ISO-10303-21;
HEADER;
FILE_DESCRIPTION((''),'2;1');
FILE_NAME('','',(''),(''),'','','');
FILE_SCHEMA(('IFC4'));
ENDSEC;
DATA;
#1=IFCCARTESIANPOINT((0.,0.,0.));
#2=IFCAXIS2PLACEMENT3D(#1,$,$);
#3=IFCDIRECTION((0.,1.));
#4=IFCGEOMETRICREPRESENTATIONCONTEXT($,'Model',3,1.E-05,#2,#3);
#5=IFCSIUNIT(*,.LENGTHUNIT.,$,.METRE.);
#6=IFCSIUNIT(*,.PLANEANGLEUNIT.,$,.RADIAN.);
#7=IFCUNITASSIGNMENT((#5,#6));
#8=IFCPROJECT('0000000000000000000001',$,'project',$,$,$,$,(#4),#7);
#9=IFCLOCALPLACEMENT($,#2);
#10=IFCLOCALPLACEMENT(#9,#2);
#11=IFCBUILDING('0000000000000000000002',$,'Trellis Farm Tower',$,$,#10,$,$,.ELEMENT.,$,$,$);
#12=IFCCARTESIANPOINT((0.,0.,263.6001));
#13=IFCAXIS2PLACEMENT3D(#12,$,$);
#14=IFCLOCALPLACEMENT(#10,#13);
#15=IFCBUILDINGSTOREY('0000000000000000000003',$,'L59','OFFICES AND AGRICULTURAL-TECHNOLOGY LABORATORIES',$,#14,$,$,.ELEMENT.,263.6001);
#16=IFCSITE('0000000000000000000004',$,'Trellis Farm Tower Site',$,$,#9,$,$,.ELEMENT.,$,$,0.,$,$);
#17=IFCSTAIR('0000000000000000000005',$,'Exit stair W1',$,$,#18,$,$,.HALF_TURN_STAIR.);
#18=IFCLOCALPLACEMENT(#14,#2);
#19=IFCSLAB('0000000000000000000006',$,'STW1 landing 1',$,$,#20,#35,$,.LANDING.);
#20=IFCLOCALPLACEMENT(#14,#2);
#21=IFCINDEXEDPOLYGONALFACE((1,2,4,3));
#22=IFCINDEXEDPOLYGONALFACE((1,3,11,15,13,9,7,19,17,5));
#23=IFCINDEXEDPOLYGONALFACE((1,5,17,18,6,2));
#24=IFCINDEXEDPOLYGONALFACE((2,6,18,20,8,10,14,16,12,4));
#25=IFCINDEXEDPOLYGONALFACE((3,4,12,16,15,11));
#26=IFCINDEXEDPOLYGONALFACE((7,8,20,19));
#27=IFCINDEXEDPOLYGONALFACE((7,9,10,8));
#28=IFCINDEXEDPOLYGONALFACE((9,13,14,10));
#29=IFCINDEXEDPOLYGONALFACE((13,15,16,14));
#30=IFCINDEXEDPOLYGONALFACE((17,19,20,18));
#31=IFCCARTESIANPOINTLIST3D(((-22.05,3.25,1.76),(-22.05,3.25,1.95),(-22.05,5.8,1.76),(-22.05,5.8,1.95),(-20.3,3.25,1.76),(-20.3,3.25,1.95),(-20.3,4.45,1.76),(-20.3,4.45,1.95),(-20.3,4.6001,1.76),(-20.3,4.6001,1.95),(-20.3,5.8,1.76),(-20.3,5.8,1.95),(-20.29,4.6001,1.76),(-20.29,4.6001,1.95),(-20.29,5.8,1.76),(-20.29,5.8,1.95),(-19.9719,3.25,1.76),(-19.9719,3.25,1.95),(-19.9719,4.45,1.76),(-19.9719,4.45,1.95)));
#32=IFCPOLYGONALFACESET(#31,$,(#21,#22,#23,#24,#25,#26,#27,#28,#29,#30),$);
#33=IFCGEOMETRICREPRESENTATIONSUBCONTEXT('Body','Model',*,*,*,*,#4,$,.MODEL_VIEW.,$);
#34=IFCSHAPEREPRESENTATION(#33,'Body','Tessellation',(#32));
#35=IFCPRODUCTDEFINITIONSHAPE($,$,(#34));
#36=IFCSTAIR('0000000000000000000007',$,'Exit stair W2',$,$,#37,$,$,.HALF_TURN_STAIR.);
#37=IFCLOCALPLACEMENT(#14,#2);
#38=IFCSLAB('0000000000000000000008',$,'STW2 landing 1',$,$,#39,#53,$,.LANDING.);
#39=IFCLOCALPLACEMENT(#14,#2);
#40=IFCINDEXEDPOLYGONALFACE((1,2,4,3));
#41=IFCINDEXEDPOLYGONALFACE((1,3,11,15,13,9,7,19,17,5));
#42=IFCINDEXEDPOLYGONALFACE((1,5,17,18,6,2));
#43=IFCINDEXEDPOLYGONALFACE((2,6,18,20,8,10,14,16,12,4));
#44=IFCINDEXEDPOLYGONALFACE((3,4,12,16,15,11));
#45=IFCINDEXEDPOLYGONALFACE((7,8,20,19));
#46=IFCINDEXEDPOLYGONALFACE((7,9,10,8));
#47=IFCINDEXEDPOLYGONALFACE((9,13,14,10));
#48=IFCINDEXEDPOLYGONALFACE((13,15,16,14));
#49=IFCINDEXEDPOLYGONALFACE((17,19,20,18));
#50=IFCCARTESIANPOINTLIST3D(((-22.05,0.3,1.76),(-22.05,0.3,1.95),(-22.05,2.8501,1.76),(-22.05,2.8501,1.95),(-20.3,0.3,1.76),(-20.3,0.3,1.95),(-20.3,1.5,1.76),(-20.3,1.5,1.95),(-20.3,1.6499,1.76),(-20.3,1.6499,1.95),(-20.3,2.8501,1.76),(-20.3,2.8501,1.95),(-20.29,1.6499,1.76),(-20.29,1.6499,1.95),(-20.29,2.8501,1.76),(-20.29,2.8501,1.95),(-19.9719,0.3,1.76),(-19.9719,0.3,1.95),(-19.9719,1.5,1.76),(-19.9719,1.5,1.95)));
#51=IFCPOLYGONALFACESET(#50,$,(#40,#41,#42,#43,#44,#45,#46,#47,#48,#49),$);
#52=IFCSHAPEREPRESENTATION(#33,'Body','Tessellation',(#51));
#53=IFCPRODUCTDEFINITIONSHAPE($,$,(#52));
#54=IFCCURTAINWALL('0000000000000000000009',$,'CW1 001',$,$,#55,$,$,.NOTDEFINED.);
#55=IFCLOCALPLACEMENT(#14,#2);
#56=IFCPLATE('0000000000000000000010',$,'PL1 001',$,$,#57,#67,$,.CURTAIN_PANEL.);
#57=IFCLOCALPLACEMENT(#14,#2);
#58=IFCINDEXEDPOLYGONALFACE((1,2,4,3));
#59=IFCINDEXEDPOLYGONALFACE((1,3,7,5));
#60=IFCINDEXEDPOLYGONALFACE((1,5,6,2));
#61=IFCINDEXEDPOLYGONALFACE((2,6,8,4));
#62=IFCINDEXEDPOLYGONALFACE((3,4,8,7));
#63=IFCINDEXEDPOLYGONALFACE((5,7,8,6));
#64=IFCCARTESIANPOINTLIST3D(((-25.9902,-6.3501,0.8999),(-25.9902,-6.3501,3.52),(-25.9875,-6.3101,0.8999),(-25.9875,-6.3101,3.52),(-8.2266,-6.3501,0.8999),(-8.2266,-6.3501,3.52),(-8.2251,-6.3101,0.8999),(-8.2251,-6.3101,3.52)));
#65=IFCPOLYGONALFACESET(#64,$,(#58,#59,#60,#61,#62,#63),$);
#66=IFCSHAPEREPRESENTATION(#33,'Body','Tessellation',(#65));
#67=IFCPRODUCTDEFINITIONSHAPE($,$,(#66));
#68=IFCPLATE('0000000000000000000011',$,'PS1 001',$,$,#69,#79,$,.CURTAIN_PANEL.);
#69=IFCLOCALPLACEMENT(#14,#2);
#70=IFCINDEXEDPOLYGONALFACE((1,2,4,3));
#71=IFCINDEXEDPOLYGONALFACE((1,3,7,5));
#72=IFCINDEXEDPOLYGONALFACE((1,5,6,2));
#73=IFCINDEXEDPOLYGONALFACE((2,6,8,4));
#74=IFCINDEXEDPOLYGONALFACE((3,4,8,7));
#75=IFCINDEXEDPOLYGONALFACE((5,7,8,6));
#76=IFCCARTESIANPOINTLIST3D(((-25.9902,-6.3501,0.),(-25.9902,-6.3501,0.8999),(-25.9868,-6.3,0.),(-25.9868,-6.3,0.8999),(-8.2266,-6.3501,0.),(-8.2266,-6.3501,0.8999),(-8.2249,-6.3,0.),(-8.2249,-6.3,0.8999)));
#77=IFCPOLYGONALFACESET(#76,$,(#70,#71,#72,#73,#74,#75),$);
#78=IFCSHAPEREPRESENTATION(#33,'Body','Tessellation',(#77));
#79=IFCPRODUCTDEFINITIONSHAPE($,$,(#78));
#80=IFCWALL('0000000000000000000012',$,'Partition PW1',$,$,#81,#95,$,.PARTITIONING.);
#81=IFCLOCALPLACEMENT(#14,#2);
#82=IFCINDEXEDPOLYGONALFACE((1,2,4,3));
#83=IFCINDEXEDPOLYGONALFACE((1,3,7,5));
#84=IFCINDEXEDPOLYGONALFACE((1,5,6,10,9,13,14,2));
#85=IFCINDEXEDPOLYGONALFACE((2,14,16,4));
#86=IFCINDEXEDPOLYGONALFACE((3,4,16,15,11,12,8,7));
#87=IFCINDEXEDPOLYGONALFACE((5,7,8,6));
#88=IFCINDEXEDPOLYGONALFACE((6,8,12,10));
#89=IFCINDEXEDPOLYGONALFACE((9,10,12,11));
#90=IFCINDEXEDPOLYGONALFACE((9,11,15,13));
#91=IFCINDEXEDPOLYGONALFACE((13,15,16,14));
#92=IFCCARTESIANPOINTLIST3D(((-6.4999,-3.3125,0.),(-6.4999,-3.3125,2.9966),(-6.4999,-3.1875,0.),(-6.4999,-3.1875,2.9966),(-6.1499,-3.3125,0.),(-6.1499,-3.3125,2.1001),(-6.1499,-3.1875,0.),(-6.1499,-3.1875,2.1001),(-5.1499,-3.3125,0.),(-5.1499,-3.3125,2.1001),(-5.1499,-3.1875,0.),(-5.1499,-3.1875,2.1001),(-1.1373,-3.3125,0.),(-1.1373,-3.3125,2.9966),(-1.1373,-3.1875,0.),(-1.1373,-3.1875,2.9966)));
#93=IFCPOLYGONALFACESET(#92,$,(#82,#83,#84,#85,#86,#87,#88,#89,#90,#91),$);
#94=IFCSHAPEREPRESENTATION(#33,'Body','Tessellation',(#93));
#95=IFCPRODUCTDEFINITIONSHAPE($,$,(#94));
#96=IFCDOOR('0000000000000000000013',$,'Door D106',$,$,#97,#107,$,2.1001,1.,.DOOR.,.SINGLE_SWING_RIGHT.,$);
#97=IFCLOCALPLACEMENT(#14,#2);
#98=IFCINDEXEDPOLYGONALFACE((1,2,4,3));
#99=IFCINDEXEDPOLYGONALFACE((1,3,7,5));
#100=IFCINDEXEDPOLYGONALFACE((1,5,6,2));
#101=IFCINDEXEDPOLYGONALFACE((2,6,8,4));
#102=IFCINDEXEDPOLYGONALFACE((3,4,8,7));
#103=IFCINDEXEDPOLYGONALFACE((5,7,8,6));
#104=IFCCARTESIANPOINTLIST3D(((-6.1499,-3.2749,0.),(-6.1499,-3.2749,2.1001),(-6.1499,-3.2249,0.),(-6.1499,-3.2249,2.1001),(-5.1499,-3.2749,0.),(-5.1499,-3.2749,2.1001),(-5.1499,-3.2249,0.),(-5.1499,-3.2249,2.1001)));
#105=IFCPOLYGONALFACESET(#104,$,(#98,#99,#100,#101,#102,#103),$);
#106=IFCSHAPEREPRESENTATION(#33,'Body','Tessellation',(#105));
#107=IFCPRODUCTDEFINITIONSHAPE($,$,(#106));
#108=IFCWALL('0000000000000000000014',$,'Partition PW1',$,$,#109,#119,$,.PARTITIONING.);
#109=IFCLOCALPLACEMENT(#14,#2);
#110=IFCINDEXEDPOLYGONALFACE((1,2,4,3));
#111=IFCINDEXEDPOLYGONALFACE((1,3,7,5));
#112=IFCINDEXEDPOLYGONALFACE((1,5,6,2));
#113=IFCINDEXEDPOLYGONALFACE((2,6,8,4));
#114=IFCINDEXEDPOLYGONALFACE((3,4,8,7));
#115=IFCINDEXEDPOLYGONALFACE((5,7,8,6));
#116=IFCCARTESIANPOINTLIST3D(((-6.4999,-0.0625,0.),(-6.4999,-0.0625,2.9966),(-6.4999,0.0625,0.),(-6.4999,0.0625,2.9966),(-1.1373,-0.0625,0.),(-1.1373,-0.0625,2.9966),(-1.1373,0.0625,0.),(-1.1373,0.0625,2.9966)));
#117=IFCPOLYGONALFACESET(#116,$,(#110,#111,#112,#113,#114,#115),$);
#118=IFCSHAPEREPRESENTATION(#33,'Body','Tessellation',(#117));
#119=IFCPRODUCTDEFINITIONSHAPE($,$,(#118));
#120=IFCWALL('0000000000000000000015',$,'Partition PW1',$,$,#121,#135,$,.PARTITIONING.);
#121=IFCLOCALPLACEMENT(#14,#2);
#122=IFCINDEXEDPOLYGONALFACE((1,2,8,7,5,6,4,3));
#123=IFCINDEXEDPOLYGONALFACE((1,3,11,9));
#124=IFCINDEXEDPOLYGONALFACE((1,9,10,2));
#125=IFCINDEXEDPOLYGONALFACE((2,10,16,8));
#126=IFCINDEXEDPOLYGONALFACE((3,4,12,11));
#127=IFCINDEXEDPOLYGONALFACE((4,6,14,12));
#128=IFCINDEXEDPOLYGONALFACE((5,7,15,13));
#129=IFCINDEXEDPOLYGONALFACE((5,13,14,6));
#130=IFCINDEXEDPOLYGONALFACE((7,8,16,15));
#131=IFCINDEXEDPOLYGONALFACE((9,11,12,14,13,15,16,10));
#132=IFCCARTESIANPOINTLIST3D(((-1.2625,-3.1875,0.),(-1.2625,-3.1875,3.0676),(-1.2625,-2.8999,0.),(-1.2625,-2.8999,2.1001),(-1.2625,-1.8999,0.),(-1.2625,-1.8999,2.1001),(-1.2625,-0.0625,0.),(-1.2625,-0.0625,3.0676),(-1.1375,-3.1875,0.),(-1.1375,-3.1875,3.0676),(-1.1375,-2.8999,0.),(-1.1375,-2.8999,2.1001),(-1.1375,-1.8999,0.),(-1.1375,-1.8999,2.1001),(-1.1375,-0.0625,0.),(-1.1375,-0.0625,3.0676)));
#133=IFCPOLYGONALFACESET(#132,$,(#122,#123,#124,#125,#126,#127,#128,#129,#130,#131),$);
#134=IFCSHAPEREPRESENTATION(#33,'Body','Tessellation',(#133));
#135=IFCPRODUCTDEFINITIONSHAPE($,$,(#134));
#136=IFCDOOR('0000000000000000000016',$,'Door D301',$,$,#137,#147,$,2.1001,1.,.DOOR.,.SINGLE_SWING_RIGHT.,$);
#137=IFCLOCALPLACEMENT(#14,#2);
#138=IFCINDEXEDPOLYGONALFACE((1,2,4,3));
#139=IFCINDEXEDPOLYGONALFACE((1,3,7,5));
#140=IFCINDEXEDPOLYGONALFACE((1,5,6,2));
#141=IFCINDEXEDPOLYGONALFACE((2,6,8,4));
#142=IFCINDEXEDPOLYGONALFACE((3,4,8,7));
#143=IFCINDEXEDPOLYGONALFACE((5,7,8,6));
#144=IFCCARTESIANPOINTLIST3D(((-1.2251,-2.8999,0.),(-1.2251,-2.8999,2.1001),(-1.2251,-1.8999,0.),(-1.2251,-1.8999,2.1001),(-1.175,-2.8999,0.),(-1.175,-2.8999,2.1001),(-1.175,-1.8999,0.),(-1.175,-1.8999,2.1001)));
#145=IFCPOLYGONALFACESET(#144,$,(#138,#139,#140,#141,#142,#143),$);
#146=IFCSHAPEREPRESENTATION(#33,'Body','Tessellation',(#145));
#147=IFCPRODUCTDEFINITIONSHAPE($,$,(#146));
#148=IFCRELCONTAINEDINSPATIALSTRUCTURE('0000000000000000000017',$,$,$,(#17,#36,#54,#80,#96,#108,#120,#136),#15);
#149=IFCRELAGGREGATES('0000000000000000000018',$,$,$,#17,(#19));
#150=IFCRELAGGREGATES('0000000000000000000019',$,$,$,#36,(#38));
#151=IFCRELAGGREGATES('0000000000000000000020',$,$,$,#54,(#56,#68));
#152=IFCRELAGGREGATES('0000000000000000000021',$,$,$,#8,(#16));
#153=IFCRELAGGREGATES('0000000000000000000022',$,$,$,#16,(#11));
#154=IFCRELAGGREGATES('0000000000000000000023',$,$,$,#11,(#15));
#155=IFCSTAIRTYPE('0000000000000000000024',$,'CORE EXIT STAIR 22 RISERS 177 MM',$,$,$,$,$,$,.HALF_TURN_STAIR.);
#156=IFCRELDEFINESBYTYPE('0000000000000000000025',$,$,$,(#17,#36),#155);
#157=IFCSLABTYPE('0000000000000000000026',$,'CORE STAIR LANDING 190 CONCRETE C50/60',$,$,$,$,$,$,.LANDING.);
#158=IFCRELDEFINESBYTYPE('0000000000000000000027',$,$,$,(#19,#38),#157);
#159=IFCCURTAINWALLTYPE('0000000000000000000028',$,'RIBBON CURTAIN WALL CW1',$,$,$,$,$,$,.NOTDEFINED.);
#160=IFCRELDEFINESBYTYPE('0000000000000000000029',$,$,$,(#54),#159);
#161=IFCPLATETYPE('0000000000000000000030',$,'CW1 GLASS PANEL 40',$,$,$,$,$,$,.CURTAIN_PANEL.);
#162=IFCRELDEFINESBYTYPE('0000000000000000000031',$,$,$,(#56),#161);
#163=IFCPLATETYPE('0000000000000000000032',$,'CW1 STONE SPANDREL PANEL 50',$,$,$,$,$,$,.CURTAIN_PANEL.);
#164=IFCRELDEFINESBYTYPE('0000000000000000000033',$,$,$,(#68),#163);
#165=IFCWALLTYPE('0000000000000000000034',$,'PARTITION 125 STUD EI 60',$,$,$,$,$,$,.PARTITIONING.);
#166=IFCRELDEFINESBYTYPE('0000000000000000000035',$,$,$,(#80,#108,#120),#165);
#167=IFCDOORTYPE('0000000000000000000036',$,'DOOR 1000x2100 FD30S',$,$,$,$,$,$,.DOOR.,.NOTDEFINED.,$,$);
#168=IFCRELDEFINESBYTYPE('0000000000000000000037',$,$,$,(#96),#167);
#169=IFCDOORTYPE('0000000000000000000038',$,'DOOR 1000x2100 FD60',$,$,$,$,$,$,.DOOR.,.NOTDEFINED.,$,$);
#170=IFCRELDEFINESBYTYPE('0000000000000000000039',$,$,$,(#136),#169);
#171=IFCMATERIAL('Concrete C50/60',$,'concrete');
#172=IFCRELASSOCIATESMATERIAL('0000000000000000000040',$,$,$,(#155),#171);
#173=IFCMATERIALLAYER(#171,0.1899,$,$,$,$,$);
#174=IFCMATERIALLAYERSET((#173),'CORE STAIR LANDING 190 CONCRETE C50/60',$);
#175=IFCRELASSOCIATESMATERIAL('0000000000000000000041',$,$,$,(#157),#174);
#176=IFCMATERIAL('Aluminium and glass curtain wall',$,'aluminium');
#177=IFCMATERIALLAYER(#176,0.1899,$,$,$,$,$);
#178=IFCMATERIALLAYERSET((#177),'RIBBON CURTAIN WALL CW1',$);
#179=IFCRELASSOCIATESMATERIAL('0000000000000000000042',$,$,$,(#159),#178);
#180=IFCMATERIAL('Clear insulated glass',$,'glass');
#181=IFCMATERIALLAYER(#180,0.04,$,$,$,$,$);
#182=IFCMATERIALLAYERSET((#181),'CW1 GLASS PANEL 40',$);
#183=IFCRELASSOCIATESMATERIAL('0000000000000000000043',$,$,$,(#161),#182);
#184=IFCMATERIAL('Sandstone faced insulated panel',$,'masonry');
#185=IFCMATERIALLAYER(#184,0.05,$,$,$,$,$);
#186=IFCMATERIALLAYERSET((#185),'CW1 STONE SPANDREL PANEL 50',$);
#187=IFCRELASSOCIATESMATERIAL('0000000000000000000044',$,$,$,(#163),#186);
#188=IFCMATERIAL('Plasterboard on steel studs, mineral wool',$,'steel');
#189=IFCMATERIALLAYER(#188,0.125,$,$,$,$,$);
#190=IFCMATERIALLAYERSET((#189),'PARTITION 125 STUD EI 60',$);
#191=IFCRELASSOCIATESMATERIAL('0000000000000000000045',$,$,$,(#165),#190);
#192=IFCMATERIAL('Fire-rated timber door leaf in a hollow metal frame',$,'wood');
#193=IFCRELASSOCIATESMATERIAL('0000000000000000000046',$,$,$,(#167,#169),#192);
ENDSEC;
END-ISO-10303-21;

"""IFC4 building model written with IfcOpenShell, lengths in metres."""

from ifc_helpers import new_model, si_unit, direction, frame, frame_2d, origin, place, context, subcontext, project, spatial, polyline, rectangle, outline, extrude, source, transform, mapped, material, layer, layer_set, type_object, element, fill, aggregate, save


model = new_model("IFC4")

# Units and contexts
model_context = context("Model", 3, precision=1e-05, world=origin(), true_north=direction((0.0, 1.0)))
body_context = subcontext(model_context, "Body", "Model", "MODEL_VIEW")
ifc_project = project(units=[si_unit("LENGTHUNIT", "METRE"), si_unit("PLANEANGLEUNIT", "RADIAN")], contexts=[model_context])

# Site, building, storey
site_placement = place(None, origin())
site = spatial("IfcSite", under=ifc_project, at=site_placement, Name="Trellis Farm Tower Site", CompositionType="ELEMENT", RefElevation=0.0)
building_placement = place(site_placement, origin())
building = spatial("IfcBuilding", under=site, at=building_placement, Name="Trellis Farm Tower", CompositionType="ELEMENT")
storey_placement = place(building_placement, frame((0.0, 0.0, 263.6001)))
storey = spatial("IfcBuildingStorey", under=building, at=storey_placement, Name="L59", Description="OFFICES AND AGRICULTURAL-TECHNOLOGY LABORATORIES", CompositionType="ELEMENT", Elevation=263.6001)

# Stairs, slabs
ifc_material_1 = material(Name="Concrete C50/60", Category="concrete")
stair_type = type_object("IfcStairType", Name="CORE EXIT STAIR 22 RISERS 177 MM", PredefinedType="HALF_TURN_STAIR", material=ifc_material_1)
placement_1 = place(storey_placement, origin())
ifc_layer_1 = layer(ifc_material_1, 0.1899)
ifc_layer_set_1 = layer_set([ifc_layer_1], Name="CORE STAIR LANDING 190 CONCRETE C50/60")
slab_type_1 = type_object("IfcSlabType", Name="CORE STAIR LANDING 190 CONCRETE C50/60", PredefinedType="LANDING", material=ifc_layer_set_1)
placement_2 = place(storey_placement, frame((0.0, 0.0, 1.76)))
stair_1 = element("IfcStair", 1, at=placement_1, inside=storey, type_object=stair_type, Name="Exit stair W1", PredefinedType="HALF_TURN_STAIR")
shared_shape_1 = source(origin(), body_context, "Body", "SweptSolid", [
    extrude(outline(polyline([(-19.9719, 4.45), (-19.9719, 3.25), (-20.3, 3.25), (-22.05, 3.25), (-22.05, 5.8), (-20.3, 5.8), (-20.29, 5.8), (-20.29, 4.6001), (-20.3, 4.6001), (-20.3, 4.45), (-19.9719, 4.45)])), origin(), (0.0, 0.0, 1.0), 0.1899),
])
slab_1 = element("IfcSlab", 2, at=placement_2, type_object=slab_type_1, Name="STW1 landing 1", PredefinedType="LANDING", context=body_context, shape_type="MappedRepresentation", body=[
    mapped(shared_shape_1, transform((0.0, 0.0, 0.0))),
])
aggregate(stair_1, [slab_1])
stair_2 = element("IfcStair", 3, at=placement_1, inside=storey, type_object=stair_type, Name="Exit stair W2", PredefinedType="HALF_TURN_STAIR")
shared_shape_2 = source(origin(), body_context, "Body", "SweptSolid", [
    extrude(outline(polyline([(-19.9719, 1.5), (-19.9719, 0.3), (-20.3, 0.3), (-22.05, 0.3), (-22.05, 2.8501), (-20.3, 2.8501), (-20.29, 2.8501), (-20.29, 1.6499), (-20.3, 1.6499), (-20.3, 1.5), (-19.9719, 1.5)])), origin(), (0.0, 0.0, 1.0), 0.1899),
])
slab_2 = element("IfcSlab", 4, at=placement_2, type_object=slab_type_1, Name="STW2 landing 1", PredefinedType="LANDING", context=body_context, shape_type="MappedRepresentation", body=[
    mapped(shared_shape_2, transform((0.0, 0.0, 0.0))),
])
aggregate(stair_2, [slab_2])

# Curtain wall, plates
ifc_material_2 = material(Name="Aluminium and glass curtain wall", Category="aluminium")
ifc_layer_2 = layer(ifc_material_2, 0.1899)
ifc_layer_set_2 = layer_set([ifc_layer_2], Name="RIBBON CURTAIN WALL CW1")
curtain_wall_type = type_object("IfcCurtainWallType", Name="RIBBON CURTAIN WALL CW1", PredefinedType="NOTDEFINED", material=ifc_layer_set_2)
curtain_wall = element("IfcCurtainWall", 5, at=placement_1, inside=storey, type_object=curtain_wall_type, Name="CW1 001", PredefinedType="NOTDEFINED")
ifc_material_3 = material(Name="Clear insulated glass", Category="glass")
ifc_layer_3 = layer(ifc_material_3, 0.04)
ifc_layer_set_3 = layer_set([ifc_layer_3], Name="CW1 GLASS PANEL 40")
plate_type_1 = type_object("IfcPlateType", Name="CW1 GLASS PANEL 40", PredefinedType="CURTAIN_PANEL", material=ifc_layer_set_3)
shared_shape_3 = source(origin(), body_context, "Body", "SweptSolid", [
    extrude(outline(polyline([(-25.9902, -6.3501), (-8.2266, -6.3501), (-8.2251, -6.3101), (-25.9875, -6.3101), (-25.9902, -6.3501)])), origin(), (0.0, 0.0, 1.0), 2.6201),
])
plate_1_placement = place(storey_placement, frame((0.0, 0.0, 0.8999)))
plate_1 = element("IfcPlate", 6, at=plate_1_placement, type_object=plate_type_1, Name="PL1 001", PredefinedType="CURTAIN_PANEL", context=body_context, shape_type="MappedRepresentation", body=[
    mapped(shared_shape_3, transform((0.0, 0.0, 0.0))),
])
ifc_material_4 = material(Name="Sandstone faced insulated panel", Category="masonry")
ifc_layer_4 = layer(ifc_material_4, 0.05)
ifc_layer_set_4 = layer_set([ifc_layer_4], Name="CW1 STONE SPANDREL PANEL 50")
plate_type_2 = type_object("IfcPlateType", Name="CW1 STONE SPANDREL PANEL 50", PredefinedType="CURTAIN_PANEL", material=ifc_layer_set_4)
shared_shape_4 = source(origin(), body_context, "Body", "SweptSolid", [
    extrude(outline(polyline([(-25.9902, -6.3501), (-8.2266, -6.3501), (-8.2249, -6.3), (-25.9868, -6.3), (-25.9902, -6.3501)])), origin(), (0.0, 0.0, 1.0), 0.8999),
])
plate_2 = element("IfcPlate", 7, at=placement_1, type_object=plate_type_2, Name="PS1 001", PredefinedType="CURTAIN_PANEL", context=body_context, shape_type="MappedRepresentation", body=[
    mapped(shared_shape_4, transform((0.0, 0.0, 0.0))),
])
aggregate(curtain_wall, [plate_1, plate_2])

# Wall, opening, door
ifc_material_5 = material(Name="Plasterboard on steel studs, mineral wool", Category="steel")
ifc_layer_5 = layer(ifc_material_5, 0.125)
ifc_layer_set_5 = layer_set([ifc_layer_5], Name="PARTITION 125 STUD EI 60")
wall_type_1 = type_object("IfcWallType", Name="PARTITION 125 STUD EI 60", PredefinedType="PARTITIONING", material=ifc_layer_set_5)
shared_shape_5 = source(origin(), body_context, "Body", "SweptSolid", [
    extrude(rectangle(XDim=5.3625, YDim=0.125, at=frame_2d((2.6812, 0.0))), origin(), (0.0, 0.0, 1.0), 2.9966),
])
wall_1_placement = place(storey_placement, frame((-1.1375, -3.25, 0.0), z_axis=(0.0, 0.0, 1.0), x_axis=(-1.0, 0.0, 0.0)))
wall_1 = element("IfcWall", 8, at=wall_1_placement, inside=storey, type_object=wall_type_1, Name="Partition PW1", PredefinedType="PARTITIONING", context=body_context, shape_type="MappedRepresentation", body=[
    mapped(shared_shape_5, transform((0.0, 0.0, 0.0))),
])
shared_shape_6 = source(origin(), body_context, "Body", "SweptSolid", [
    extrude(rectangle(XDim=1.0, YDim=2.1001, at=frame_2d((0.5, 1.05))), frame((0.0, 0.0725, 0.0), z_axis=(0.0, -1.0, 0.0), x_axis=(1.0, 0.0, 0.0)), (0.0, 0.0, 1.0), 0.145),
])
opening_1_placement = place(wall_1_placement, frame((4.0125, 0.0, 0.0)))
opening_1 = element("IfcOpeningElement", 9, at=opening_1_placement, cuts=wall_1, PredefinedType="OPENING", context=body_context, shape_type="MappedRepresentation", body=[
    mapped(shared_shape_6, transform((0.0, 0.0, 0.0))),
])
ifc_material_6 = material(Name="Fire-rated timber door leaf in a hollow metal frame", Category="wood")
door_type_1 = type_object("IfcDoorType", Name="DOOR 1000x2100 FD30S", OperationType="NOTDEFINED", PredefinedType="DOOR", material=ifc_material_6)
shared_shape_7 = source(origin(), body_context, "Body", "SweptSolid", [
    extrude(rectangle(XDim=1.0, YDim=2.1001, at=frame_2d((0.5, 1.05))), frame((0.0, 0.0249, 0.0), z_axis=(0.0, -1.0, 0.0), x_axis=(1.0, 0.0, 0.0)), (0.0, 0.0, 1.0), 0.05),
])
door_1_placement = place(opening_1_placement, origin())
door_1 = element("IfcDoor", 10, at=door_1_placement, inside=storey, type_object=door_type_1, Name="Door D106", OperationType="SINGLE_SWING_RIGHT", OverallHeight=2.1001, OverallWidth=1.0, PredefinedType="DOOR", context=body_context, shape_type="MappedRepresentation", body=[
    mapped(shared_shape_7, transform((0.0, 0.0, 0.0))),
])
fill(opening_1, door_1)

# Wall
wall_2_placement = place(storey_placement, frame((-1.1375, 0.0, 0.0), z_axis=(0.0, 0.0, 1.0), x_axis=(-1.0, 0.0, 0.0)))
element("IfcWall", 11, at=wall_2_placement, inside=storey, type_object=wall_type_1, Name="Partition PW1", PredefinedType="PARTITIONING", context=body_context, shape_type="MappedRepresentation", body=[
    mapped(shared_shape_5, transform((0.0, 0.0, 0.0))),
])

# Wall, opening, door
shared_shape_8 = source(origin(), body_context, "Body", "SweptSolid", [
    extrude(rectangle(XDim=3.125, YDim=0.125, at=frame_2d((1.5625, 0.0))), origin(), (0.0, 0.0, 1.0), 3.0676),
])
wall_3_placement = place(storey_placement, frame((-1.2, -0.0625, 0.0), z_axis=(0.0, 0.0, 1.0), x_axis=(0.0, -1.0, 0.0)))
wall_3 = element("IfcWall", 12, at=wall_3_placement, inside=storey, type_object=wall_type_1, Name="Partition PW1", PredefinedType="PARTITIONING", context=body_context, shape_type="MappedRepresentation", body=[
    mapped(shared_shape_8, transform((0.0, 0.0, 0.0))),
])
opening_2_placement = place(wall_3_placement, frame((1.8374, 0.0, 0.0)))
opening_2 = element("IfcOpeningElement", 13, at=opening_2_placement, cuts=wall_3, PredefinedType="OPENING", context=body_context, shape_type="MappedRepresentation", body=[
    mapped(shared_shape_6, transform((0.0, 0.0, 0.0))),
])
door_type_2 = type_object("IfcDoorType", Name="DOOR 1000x2100 FD60", OperationType="NOTDEFINED", PredefinedType="DOOR", material=ifc_material_6)
door_2_placement = place(opening_2_placement, origin())
door_2 = element("IfcDoor", 14, at=door_2_placement, inside=storey, type_object=door_type_2, Name="Door D301", OperationType="SINGLE_SWING_RIGHT", OverallHeight=2.1001, OverallWidth=1.0, PredefinedType="DOOR", context=body_context, shape_type="MappedRepresentation", body=[
    mapped(shared_shape_7, transform((0.0, 0.0, 0.0))),
])
fill(opening_2, door_2)

save(model, "model.ifc")
